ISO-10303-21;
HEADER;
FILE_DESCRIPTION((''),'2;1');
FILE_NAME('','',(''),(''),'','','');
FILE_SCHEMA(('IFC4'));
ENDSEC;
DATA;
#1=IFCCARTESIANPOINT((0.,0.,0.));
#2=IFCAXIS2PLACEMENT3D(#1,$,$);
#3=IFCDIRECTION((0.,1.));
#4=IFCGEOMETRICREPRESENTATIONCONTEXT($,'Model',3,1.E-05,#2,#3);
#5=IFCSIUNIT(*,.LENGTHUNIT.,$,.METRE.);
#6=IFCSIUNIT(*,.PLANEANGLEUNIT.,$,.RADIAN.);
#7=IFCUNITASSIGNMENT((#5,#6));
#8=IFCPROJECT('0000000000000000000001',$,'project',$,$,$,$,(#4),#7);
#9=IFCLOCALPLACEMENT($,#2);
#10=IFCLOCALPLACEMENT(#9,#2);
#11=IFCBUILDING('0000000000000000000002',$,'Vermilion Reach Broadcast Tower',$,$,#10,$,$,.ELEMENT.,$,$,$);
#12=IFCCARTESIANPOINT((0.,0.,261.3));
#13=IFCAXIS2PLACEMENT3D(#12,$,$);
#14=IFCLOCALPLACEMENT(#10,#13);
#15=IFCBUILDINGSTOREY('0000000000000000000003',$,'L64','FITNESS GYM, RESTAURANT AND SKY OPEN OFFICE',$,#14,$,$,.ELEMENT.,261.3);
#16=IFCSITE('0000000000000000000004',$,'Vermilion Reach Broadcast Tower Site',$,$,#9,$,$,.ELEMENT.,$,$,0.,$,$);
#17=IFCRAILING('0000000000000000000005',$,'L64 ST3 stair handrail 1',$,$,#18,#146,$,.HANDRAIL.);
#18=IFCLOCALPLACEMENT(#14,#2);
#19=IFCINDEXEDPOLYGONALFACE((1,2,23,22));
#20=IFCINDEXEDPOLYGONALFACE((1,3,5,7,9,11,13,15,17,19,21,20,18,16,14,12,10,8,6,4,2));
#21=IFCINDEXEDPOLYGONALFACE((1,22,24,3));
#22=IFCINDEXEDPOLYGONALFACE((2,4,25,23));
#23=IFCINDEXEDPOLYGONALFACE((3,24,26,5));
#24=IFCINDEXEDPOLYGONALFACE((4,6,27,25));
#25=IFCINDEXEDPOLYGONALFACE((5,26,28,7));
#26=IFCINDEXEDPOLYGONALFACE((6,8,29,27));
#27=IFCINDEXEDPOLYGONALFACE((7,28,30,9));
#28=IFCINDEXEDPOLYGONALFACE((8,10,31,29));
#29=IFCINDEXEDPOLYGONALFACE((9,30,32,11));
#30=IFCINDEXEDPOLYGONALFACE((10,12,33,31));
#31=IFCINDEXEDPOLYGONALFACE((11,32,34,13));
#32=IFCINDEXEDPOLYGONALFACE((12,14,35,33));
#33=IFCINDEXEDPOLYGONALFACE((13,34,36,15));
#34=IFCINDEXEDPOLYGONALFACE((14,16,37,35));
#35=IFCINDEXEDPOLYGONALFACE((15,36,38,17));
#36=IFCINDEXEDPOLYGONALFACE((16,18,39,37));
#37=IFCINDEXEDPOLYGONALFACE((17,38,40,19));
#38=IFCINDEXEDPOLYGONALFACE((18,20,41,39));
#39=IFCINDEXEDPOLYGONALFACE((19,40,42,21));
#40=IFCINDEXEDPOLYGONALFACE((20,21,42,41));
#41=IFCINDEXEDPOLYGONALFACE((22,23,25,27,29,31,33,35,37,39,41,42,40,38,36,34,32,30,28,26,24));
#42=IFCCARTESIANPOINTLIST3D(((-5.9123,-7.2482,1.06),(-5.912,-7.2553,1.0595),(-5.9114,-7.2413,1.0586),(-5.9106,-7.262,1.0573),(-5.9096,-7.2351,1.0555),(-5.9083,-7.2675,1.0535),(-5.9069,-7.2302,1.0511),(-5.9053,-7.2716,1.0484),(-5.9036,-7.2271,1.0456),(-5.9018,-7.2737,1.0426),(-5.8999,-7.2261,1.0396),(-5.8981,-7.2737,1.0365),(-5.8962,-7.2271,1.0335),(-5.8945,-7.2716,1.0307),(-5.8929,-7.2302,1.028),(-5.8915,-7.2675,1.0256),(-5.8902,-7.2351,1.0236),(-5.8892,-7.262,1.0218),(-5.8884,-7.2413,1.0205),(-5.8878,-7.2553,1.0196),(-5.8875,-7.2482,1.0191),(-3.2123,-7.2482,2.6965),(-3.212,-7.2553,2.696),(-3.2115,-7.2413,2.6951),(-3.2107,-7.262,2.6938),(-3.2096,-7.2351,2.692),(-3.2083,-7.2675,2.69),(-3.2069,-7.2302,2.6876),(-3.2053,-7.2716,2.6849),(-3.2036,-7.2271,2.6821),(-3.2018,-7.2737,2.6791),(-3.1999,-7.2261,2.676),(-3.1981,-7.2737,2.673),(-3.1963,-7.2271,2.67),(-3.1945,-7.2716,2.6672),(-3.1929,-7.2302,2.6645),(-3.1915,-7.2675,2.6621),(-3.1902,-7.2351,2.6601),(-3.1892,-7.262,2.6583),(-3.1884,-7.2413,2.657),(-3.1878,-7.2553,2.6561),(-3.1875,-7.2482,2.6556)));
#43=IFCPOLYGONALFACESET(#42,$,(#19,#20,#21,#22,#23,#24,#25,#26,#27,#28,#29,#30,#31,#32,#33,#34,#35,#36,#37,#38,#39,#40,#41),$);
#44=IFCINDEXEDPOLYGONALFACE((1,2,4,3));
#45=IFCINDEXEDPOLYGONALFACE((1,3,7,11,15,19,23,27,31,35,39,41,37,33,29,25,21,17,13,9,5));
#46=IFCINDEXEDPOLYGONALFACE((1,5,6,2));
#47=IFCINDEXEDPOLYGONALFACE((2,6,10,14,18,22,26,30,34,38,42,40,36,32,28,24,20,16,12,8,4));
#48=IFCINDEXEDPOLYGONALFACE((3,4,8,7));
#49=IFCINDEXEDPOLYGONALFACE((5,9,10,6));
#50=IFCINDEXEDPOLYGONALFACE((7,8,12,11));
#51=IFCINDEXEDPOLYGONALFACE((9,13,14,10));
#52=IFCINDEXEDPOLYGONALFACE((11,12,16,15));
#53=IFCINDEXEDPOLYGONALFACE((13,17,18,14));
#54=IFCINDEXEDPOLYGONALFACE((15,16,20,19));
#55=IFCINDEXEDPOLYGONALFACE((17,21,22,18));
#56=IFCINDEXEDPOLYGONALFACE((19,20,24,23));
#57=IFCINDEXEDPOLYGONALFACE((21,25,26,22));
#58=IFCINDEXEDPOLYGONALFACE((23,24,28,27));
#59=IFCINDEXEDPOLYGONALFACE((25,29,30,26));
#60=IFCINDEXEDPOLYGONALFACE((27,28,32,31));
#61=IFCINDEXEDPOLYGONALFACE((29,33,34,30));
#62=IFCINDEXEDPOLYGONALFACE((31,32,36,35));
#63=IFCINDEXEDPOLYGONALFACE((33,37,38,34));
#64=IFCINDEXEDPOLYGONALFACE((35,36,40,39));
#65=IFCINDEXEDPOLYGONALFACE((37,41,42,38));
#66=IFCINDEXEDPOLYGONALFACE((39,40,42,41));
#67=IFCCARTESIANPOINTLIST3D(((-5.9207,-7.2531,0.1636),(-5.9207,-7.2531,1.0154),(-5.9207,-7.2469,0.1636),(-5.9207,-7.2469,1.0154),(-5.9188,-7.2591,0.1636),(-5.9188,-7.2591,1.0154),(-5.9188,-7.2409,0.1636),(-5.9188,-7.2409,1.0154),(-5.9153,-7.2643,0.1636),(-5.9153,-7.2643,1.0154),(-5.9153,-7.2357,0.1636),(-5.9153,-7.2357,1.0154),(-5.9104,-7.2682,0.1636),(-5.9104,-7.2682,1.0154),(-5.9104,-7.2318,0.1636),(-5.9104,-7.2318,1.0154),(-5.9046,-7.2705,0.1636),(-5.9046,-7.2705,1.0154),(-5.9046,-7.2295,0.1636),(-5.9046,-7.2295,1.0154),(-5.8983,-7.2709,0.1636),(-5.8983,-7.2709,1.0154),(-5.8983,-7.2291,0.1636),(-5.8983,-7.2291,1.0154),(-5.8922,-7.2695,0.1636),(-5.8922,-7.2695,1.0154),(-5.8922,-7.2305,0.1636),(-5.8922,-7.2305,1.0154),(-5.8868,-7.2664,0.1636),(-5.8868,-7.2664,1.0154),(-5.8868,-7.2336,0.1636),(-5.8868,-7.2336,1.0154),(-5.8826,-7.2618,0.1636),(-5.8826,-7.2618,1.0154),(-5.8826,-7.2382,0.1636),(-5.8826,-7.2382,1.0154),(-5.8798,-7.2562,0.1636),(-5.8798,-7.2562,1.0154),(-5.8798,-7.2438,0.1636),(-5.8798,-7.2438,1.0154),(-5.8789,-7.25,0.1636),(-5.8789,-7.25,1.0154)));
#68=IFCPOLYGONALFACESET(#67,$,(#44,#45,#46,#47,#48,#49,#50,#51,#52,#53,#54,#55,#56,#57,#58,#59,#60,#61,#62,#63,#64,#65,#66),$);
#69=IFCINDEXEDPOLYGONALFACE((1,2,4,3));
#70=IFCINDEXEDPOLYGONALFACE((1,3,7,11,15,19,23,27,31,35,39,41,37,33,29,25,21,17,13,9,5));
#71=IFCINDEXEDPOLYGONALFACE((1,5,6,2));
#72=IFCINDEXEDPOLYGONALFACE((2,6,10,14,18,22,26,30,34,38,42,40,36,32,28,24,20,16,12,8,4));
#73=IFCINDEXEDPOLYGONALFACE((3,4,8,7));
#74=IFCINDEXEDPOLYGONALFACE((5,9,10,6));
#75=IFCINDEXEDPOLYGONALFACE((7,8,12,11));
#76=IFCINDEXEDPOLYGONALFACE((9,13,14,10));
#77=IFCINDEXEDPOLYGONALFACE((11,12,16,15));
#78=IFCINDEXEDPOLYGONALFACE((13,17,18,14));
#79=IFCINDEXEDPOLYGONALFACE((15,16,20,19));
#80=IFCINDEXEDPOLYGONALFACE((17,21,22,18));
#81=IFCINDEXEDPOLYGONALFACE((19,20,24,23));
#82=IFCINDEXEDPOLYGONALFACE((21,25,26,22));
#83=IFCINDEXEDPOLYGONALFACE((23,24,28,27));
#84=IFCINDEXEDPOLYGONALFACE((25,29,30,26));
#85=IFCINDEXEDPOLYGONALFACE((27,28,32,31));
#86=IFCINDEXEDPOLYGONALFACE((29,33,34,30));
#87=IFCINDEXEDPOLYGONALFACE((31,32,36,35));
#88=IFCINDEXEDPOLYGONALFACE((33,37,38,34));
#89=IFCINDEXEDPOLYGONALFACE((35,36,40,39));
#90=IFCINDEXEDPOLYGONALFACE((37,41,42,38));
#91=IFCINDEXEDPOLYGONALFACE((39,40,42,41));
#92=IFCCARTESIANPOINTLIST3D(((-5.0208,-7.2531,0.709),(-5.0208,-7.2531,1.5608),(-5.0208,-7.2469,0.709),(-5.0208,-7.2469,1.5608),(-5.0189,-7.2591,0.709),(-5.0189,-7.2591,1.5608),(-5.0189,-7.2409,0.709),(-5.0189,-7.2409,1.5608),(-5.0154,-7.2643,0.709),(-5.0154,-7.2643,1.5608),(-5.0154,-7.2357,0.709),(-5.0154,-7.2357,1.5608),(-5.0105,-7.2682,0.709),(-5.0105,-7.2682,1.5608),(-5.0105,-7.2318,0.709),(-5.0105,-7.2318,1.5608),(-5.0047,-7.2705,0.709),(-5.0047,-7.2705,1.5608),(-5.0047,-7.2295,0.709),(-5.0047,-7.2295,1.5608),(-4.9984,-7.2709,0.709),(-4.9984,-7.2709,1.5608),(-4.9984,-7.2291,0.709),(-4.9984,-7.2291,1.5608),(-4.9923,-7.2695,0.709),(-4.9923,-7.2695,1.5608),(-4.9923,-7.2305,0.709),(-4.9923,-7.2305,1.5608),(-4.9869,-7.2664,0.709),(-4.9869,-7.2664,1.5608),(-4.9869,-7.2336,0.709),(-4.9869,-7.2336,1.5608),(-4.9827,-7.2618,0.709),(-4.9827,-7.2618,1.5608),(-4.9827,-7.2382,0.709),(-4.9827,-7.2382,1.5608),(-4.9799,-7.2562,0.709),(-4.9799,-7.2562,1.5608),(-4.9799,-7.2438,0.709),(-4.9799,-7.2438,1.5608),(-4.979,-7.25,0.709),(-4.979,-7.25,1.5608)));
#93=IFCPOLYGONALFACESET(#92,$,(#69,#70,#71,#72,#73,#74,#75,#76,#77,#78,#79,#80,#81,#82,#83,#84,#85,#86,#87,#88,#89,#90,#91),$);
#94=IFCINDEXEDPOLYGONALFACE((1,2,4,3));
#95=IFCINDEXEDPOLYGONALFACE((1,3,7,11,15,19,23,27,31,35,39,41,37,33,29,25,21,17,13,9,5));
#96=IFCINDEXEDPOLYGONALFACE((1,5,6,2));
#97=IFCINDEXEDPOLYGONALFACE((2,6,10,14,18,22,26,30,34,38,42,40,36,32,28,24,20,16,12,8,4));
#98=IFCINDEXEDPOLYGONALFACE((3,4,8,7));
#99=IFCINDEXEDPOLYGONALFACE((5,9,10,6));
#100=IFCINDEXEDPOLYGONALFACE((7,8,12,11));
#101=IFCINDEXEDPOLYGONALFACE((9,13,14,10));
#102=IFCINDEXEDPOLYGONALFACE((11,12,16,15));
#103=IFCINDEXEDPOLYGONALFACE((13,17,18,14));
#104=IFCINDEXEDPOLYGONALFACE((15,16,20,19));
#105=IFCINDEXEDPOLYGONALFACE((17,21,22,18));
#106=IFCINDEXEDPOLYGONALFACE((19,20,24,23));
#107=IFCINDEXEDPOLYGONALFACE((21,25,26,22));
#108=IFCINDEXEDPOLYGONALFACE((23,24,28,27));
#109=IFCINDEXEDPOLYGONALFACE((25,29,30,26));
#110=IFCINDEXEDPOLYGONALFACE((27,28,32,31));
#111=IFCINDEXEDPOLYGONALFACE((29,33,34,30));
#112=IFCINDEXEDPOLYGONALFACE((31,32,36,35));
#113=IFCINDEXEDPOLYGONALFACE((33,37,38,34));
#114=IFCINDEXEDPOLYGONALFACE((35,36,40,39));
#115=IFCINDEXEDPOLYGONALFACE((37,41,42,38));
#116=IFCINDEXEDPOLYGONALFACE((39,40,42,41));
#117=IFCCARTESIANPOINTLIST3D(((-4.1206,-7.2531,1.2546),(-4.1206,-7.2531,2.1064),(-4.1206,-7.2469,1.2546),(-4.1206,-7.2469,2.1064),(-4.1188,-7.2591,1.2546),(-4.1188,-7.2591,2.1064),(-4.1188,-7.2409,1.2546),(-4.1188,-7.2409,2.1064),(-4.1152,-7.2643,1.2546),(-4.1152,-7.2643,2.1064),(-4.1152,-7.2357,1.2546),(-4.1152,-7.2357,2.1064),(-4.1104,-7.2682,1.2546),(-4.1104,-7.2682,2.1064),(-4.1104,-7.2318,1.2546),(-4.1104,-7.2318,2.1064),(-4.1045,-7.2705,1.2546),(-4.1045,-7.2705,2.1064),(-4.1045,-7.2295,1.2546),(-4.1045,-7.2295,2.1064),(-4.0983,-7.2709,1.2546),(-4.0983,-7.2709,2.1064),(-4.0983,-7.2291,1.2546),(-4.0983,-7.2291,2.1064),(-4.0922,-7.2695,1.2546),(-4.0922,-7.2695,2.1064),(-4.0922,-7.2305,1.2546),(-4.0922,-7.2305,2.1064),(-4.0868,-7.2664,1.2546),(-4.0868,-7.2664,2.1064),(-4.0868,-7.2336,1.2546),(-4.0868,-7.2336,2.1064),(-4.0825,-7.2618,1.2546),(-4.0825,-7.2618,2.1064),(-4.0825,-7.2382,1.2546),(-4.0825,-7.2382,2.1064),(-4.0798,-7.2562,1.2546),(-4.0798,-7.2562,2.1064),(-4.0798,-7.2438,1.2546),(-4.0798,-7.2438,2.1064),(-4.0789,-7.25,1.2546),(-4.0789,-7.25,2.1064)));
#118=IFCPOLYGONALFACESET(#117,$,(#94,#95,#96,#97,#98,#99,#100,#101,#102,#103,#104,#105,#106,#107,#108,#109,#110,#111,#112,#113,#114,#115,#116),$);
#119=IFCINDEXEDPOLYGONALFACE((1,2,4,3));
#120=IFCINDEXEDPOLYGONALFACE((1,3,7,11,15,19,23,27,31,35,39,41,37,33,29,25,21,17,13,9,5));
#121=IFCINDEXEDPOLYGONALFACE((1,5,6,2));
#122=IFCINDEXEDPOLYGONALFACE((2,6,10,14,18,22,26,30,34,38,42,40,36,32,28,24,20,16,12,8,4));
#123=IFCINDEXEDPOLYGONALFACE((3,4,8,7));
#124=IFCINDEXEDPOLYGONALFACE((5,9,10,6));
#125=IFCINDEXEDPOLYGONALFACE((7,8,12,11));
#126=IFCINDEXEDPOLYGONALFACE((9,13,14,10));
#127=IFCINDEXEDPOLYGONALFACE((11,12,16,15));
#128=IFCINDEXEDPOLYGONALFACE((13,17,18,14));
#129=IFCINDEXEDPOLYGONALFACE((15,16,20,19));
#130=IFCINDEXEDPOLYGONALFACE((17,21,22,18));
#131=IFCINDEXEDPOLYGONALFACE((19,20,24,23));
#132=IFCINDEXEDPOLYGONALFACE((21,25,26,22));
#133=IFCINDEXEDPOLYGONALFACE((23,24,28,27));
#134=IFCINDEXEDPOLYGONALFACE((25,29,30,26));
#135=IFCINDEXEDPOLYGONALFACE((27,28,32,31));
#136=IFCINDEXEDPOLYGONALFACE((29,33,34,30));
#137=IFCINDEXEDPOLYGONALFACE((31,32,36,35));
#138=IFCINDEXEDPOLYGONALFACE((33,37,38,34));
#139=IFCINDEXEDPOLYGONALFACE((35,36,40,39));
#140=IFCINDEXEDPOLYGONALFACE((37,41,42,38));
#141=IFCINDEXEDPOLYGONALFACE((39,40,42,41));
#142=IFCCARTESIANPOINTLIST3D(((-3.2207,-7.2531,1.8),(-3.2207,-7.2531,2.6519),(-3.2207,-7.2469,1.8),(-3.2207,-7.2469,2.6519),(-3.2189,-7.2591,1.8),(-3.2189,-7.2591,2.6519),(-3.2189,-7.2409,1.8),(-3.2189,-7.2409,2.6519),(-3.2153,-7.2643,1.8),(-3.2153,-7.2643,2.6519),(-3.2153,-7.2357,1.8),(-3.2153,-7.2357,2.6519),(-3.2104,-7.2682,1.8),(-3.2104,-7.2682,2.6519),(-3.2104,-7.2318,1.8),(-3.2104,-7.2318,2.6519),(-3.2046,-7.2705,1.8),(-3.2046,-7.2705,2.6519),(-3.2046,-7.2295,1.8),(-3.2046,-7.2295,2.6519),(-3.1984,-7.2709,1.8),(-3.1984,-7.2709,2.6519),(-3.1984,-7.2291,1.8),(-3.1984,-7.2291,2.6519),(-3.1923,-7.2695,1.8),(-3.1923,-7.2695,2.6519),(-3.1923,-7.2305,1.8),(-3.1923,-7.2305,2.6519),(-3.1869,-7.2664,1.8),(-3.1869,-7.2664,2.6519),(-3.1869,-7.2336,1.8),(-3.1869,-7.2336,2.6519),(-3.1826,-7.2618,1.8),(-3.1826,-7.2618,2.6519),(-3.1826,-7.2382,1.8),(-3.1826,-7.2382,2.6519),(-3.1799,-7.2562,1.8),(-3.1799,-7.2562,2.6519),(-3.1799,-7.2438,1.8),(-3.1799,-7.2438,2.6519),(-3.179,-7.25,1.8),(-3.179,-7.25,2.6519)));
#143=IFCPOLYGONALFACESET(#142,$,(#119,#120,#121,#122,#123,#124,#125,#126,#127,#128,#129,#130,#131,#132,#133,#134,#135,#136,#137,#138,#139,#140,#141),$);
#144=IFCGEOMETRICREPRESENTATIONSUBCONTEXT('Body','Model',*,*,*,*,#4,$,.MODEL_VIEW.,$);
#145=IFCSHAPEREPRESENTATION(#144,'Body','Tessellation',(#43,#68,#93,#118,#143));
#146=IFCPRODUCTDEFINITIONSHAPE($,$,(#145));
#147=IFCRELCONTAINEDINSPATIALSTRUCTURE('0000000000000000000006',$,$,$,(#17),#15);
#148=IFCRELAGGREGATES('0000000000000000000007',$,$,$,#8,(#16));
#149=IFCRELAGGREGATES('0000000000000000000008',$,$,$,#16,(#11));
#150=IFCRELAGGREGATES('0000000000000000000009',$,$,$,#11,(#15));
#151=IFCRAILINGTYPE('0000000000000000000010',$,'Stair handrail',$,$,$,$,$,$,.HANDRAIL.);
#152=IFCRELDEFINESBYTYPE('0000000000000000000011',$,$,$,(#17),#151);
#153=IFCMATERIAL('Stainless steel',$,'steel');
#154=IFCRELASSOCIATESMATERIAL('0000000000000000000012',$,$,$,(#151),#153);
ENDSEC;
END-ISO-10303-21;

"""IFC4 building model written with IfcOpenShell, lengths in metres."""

from ifc_helpers import new_model, si_unit, direction, frame, origin, origin_2d, place, context, subcontext, project, spatial, circle, extrude, material, type_object, element, save


model = new_model("IFC4")

# Units and contexts
model_context = context("Model", 3, precision=1e-05, world=origin(), true_north=direction((0.0, 1.0)))
body_context = subcontext(model_context, "Body", "Model", "MODEL_VIEW")
ifc_project = project(units=[si_unit("LENGTHUNIT", "METRE"), si_unit("PLANEANGLEUNIT", "RADIAN")], contexts=[model_context])

# Site, building, storey
site_placement = place(None, origin())
site = spatial("IfcSite", under=ifc_project, at=site_placement, Name="Vermilion Reach Broadcast Tower Site", CompositionType="ELEMENT", RefElevation=0.0)
building_placement = place(site_placement, origin())
building = spatial("IfcBuilding", under=site, at=building_placement, Name="Vermilion Reach Broadcast Tower", CompositionType="ELEMENT")
storey_placement = place(building_placement, frame((0.0, 0.0, 261.3)))
storey = spatial("IfcBuildingStorey", under=building, at=storey_placement, Name="L64", Description="FITNESS GYM, RESTAURANT AND SKY OPEN OFFICE", CompositionType="ELEMENT", Elevation=261.3)

# Railing
ifc_material_1 = material(Name="Stainless steel", Category="steel")
railing_type_1 = type_object("IfcRailingType", Name="Stair handrail", PredefinedType="HANDRAIL", material=ifc_material_1)
railing_1_placement = place(storey_placement, frame((-5.8999, -7.25, 0.1636)))
element("IfcRailing", 1, at=railing_1_placement, inside=storey, type_object=railing_type_1, Name="L64 ST3 stair handrail 1", PredefinedType="HANDRAIL", context=body_context, shape_type="SweptSolid", body=[
    extrude(circle(Radius=0.0239, at=origin_2d()), frame((0.0, 0.0, 0.876), z_axis=(0.855178, 0.0, 0.518334), x_axis=(0.0, 1.0, 0.0)), (0.0, 0.0, 1.0), 3.1572),
    extrude(circle(Radius=0.021, at=origin_2d()), origin(), (0.0, 0.0, 1.0), 0.8518),
    extrude(circle(Radius=0.021, at=origin_2d()), frame((0.8999, 0.0, 0.5454)), (0.0, 0.0, 1.0), 0.8518),
    extrude(circle(Radius=0.021, at=origin_2d()), frame((1.8, 0.0, 1.0911)), (0.0, 0.0, 1.0), 0.8518),
    extrude(circle(Radius=0.021, at=origin_2d()), frame((2.7, 0.0, 1.6365)), (0.0, 0.0, 1.0), 0.8518),
])

save(model, "model.ifc")
